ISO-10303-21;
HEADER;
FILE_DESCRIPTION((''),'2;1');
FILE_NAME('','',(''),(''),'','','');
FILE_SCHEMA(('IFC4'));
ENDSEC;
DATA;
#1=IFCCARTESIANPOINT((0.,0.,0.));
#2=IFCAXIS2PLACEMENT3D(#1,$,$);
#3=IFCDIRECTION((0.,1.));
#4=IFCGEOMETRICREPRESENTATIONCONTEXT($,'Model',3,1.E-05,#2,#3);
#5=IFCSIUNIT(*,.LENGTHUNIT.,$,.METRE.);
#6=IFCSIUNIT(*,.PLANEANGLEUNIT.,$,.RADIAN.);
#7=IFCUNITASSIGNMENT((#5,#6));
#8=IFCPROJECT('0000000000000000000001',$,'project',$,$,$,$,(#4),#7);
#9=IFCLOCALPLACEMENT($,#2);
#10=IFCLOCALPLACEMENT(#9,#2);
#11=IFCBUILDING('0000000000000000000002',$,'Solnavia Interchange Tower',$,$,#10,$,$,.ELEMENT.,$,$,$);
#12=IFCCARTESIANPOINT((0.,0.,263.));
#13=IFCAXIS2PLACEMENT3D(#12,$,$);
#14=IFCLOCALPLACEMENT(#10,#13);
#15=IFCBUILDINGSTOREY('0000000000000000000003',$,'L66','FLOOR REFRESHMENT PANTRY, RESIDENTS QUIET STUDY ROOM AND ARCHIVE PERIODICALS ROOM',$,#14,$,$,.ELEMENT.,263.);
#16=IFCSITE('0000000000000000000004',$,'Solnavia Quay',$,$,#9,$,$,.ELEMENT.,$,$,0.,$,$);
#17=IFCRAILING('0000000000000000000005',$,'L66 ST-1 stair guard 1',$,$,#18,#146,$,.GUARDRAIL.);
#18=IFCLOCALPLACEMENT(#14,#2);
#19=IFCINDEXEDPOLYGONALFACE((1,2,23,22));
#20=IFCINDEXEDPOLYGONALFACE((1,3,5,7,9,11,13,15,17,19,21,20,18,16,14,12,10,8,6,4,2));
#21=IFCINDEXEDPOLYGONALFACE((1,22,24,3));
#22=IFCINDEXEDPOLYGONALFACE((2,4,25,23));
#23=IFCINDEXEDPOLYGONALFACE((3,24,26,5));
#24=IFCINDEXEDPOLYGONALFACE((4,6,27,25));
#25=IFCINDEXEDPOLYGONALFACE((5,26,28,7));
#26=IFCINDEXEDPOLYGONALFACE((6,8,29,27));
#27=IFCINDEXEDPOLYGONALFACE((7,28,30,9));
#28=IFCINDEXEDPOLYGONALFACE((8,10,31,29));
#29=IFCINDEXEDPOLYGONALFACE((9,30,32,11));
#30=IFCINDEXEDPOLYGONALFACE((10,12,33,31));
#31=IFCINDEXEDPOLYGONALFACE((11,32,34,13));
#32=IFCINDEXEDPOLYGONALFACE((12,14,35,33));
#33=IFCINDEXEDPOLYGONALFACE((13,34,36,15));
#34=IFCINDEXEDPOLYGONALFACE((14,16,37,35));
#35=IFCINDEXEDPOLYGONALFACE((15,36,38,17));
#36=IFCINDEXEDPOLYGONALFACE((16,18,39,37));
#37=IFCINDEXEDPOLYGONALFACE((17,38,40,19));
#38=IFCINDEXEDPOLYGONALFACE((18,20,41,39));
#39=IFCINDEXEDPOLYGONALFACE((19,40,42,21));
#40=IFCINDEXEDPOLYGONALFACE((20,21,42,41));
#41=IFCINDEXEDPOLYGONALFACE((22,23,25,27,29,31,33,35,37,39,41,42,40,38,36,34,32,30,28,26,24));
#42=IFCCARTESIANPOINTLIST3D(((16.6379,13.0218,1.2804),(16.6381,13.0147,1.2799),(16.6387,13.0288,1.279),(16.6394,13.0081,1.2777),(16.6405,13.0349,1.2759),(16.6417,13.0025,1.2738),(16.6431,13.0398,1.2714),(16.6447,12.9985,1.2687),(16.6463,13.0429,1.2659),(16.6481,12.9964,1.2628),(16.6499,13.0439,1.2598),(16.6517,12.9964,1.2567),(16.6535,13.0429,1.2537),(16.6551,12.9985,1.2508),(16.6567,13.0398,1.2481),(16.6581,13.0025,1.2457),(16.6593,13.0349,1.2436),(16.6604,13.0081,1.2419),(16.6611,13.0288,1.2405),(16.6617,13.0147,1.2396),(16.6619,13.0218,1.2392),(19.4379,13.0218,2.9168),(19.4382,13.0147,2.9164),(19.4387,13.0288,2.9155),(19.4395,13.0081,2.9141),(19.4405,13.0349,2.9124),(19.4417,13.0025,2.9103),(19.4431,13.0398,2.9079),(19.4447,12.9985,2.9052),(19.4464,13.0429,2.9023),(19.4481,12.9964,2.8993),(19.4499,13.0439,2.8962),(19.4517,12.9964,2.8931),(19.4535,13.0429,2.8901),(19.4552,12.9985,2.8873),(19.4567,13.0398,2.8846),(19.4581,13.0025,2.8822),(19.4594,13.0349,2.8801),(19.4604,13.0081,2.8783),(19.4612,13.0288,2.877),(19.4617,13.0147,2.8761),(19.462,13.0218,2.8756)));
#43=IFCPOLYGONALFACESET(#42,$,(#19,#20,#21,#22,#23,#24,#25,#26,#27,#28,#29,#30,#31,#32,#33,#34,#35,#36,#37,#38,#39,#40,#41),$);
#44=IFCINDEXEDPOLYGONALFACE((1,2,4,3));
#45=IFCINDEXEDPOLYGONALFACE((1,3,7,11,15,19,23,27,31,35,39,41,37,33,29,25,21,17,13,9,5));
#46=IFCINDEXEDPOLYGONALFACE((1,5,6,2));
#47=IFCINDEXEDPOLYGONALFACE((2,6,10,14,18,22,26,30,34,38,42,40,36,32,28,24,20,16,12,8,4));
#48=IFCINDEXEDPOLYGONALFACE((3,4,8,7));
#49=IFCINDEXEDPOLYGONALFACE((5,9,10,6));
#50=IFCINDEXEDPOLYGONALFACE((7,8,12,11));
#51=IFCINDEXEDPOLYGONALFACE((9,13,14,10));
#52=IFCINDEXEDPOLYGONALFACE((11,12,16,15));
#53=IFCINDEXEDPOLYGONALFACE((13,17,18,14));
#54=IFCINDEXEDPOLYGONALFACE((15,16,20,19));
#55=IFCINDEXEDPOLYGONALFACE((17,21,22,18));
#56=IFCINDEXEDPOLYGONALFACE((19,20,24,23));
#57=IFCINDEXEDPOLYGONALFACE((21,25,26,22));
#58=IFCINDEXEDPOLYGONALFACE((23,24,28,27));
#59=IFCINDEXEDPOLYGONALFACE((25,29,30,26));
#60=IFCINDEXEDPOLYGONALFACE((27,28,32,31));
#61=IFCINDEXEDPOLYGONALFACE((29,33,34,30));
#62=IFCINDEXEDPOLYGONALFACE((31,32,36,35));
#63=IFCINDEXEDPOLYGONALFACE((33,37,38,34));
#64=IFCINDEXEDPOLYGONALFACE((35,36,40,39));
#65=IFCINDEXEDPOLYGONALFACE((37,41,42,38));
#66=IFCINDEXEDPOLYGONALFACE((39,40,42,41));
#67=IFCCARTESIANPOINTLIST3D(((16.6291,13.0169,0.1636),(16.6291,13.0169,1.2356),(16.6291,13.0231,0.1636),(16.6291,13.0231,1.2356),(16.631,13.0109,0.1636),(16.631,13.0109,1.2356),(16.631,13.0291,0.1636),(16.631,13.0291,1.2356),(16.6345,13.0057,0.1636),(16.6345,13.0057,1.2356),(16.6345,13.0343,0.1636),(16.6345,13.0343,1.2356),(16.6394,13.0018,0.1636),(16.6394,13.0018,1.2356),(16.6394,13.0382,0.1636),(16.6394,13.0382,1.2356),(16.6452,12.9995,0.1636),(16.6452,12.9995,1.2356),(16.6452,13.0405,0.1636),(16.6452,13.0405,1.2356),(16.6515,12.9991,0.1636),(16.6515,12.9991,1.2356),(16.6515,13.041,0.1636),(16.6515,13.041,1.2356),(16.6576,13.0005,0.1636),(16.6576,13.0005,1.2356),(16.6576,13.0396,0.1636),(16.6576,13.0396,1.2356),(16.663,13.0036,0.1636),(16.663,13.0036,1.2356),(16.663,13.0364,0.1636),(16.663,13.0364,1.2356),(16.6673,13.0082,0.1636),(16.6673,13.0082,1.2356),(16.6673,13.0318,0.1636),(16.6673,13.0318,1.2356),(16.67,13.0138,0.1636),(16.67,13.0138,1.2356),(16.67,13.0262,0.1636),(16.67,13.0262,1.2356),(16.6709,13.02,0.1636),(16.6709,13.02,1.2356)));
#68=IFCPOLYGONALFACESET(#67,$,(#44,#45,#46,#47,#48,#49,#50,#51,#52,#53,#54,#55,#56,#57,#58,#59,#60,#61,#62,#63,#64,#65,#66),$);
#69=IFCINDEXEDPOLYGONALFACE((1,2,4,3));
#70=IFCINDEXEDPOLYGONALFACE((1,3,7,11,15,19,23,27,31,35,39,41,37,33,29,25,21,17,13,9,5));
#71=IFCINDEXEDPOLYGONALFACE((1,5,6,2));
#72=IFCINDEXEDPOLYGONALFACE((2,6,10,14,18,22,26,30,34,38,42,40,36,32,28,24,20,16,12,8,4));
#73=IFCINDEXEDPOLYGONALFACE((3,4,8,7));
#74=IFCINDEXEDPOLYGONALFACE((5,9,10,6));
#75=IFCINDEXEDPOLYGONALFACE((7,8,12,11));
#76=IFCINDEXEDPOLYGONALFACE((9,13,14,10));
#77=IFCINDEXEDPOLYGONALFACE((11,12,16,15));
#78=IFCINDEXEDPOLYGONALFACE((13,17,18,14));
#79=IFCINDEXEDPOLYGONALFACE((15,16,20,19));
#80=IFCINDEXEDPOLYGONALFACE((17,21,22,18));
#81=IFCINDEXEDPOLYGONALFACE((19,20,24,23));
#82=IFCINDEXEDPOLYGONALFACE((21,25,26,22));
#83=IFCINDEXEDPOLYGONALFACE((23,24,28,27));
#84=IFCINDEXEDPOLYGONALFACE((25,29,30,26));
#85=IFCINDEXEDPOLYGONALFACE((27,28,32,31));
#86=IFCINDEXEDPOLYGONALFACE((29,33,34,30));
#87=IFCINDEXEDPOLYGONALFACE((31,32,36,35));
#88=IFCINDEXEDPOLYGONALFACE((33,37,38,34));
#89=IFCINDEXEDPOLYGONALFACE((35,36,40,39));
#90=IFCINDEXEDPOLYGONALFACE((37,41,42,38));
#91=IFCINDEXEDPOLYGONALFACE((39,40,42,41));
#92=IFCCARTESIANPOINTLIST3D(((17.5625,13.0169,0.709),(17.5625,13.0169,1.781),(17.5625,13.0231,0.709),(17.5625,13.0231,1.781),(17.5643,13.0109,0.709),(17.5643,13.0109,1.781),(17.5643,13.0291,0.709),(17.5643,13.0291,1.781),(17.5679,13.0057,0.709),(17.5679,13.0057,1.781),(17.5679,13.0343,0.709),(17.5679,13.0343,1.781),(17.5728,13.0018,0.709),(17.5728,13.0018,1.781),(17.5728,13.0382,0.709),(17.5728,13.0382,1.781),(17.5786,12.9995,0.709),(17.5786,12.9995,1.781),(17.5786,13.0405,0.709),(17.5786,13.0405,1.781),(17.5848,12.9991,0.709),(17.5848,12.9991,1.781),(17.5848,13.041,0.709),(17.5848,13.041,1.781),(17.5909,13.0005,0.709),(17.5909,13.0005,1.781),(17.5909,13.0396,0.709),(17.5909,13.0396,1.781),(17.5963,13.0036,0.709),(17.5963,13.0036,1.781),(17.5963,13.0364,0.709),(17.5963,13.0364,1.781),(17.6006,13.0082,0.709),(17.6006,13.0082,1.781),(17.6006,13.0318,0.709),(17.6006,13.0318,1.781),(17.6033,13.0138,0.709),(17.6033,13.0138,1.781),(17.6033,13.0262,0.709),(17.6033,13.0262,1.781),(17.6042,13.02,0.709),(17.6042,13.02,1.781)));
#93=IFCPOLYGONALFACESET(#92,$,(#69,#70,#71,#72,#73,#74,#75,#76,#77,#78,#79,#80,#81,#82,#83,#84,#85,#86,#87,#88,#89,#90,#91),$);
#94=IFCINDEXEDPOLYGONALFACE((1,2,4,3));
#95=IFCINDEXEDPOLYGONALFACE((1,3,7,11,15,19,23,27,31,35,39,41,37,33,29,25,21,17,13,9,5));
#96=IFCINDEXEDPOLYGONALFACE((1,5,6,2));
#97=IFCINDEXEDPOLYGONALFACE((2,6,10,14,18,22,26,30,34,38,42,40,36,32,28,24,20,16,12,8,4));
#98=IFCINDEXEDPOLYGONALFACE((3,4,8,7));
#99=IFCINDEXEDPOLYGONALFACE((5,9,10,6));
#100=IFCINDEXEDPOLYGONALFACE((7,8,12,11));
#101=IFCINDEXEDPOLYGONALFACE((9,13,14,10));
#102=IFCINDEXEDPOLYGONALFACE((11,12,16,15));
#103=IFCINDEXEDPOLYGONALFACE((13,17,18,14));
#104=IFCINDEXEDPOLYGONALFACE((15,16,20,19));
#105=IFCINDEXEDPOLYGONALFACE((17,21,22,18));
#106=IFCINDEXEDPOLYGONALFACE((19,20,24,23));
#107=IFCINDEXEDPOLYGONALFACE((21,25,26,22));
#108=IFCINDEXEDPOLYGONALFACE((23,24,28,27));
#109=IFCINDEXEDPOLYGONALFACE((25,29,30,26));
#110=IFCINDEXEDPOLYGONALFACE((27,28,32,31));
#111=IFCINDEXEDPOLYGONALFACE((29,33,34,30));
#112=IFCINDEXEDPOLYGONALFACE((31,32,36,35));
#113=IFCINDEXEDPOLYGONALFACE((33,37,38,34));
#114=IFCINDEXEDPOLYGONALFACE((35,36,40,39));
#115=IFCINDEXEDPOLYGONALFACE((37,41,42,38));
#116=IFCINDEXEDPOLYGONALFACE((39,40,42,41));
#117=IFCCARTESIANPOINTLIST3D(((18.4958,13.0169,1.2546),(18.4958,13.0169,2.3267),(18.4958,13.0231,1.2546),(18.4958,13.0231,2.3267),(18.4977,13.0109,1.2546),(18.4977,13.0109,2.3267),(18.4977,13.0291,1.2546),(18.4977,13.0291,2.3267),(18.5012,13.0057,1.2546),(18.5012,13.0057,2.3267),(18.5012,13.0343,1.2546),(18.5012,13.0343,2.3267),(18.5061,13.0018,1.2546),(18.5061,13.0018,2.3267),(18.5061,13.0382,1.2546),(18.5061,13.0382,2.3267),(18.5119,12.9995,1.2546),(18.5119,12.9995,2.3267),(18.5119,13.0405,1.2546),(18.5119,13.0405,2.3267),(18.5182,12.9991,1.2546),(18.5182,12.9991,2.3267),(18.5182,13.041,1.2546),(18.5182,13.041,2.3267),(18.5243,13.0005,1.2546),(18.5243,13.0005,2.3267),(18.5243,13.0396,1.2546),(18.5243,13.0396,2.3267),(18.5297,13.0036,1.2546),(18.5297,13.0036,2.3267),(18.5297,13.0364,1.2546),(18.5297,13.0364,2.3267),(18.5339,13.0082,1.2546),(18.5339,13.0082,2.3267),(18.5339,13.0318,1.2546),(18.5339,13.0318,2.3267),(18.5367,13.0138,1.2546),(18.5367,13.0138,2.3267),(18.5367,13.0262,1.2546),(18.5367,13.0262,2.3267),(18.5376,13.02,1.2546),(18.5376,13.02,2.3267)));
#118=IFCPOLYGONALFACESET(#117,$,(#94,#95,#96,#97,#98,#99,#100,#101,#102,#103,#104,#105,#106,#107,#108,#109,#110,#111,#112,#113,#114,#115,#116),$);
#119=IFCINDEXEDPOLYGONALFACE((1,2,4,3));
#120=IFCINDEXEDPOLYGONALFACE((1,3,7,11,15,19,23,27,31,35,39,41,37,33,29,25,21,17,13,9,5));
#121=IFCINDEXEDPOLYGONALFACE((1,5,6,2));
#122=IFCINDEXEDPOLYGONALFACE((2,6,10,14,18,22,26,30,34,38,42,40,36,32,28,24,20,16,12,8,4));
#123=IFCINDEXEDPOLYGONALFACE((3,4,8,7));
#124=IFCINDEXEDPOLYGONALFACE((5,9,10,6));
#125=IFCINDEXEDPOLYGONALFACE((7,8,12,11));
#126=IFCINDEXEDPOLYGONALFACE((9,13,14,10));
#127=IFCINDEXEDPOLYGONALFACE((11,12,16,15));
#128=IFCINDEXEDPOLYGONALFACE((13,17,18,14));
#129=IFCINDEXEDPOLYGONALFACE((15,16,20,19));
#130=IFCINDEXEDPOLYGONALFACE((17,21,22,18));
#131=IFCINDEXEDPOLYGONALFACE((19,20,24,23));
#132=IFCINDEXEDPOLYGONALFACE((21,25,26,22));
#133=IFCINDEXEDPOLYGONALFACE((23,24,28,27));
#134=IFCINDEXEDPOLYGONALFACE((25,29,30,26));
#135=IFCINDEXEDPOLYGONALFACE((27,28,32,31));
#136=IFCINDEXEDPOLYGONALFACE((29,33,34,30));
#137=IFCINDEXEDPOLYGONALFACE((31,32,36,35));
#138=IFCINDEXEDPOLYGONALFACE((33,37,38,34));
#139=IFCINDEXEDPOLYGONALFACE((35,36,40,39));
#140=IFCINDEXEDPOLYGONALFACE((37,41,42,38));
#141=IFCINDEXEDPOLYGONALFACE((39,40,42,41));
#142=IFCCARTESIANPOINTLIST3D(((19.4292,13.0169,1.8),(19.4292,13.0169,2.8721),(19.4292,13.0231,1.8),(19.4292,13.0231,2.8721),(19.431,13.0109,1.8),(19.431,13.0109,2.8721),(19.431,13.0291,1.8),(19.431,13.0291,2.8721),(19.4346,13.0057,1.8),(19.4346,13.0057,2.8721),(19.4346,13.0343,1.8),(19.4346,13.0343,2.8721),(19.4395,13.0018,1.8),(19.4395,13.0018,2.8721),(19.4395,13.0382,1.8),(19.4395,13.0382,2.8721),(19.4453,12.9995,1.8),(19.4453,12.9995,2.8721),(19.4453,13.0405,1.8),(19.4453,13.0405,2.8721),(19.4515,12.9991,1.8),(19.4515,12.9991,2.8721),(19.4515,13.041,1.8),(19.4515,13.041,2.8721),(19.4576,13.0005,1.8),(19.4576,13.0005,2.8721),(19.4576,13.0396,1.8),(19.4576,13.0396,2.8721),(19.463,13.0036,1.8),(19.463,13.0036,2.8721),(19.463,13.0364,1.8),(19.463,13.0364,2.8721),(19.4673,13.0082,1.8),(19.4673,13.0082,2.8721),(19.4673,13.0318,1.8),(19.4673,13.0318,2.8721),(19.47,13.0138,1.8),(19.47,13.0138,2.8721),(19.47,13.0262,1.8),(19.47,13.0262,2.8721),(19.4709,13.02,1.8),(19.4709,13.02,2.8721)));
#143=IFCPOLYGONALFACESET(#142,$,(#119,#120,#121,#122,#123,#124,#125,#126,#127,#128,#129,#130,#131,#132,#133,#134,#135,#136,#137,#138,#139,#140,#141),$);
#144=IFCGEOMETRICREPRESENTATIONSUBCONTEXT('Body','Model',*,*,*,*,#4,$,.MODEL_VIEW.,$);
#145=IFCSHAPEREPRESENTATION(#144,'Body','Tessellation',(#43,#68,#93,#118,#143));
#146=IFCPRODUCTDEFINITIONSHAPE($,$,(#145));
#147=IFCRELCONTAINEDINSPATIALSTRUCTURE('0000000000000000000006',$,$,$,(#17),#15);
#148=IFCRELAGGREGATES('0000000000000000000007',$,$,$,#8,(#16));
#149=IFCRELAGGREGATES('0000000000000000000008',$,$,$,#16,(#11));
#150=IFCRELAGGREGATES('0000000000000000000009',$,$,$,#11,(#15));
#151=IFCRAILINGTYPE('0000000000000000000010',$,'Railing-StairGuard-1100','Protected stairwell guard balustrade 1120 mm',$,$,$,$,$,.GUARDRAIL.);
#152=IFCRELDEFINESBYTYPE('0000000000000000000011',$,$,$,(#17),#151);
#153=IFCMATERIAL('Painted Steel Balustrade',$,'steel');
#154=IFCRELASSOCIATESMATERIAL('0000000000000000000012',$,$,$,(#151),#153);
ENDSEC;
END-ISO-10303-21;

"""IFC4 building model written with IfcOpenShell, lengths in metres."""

from ifc_helpers import new_model, si_unit, direction, frame, origin, origin_2d, place, context, subcontext, project, spatial, circle, extrude, material, type_object, element, save


model = new_model("IFC4")

# Units and contexts
model_context = context("Model", 3, precision=1e-05, world=origin(), true_north=direction((0.0, 1.0)))
body_context = subcontext(model_context, "Body", "Model", "MODEL_VIEW")
ifc_project = project(units=[si_unit("LENGTHUNIT", "METRE"), si_unit("PLANEANGLEUNIT", "RADIAN")], contexts=[model_context])

# Site, building, storey
site_placement = place(None, origin())
site = spatial("IfcSite", under=ifc_project, at=site_placement, Name="Solnavia Quay", CompositionType="ELEMENT", RefElevation=0.0)
building_placement = place(site_placement, origin())
building = spatial("IfcBuilding", under=site, at=building_placement, Name="Solnavia Interchange Tower", CompositionType="ELEMENT")
storey_placement = place(building_placement, frame((0.0, 0.0, 263.0)))
storey = spatial("IfcBuildingStorey", under=building, at=storey_placement, Name="L66", Description="FLOOR REFRESHMENT PANTRY, RESIDENTS QUIET STUDY ROOM AND ARCHIVE PERIODICALS ROOM", CompositionType="ELEMENT", Elevation=263.0)

# Railing
ifc_material_1 = material(Name="Painted Steel Balustrade", Category="steel")
railing_type_1 = type_object("IfcRailingType", Name="Railing-StairGuard-1100", Description="Protected stairwell guard balustrade 1120 mm", PredefinedType="GUARDRAIL", material=ifc_material_1)
railing_1_placement = place(storey_placement, frame((16.6499, 13.02, 0.1636)))
element("IfcRailing", 1, at=railing_1_placement, inside=storey, type_object=railing_type_1, Name="L66 ST-1 stair guard 1", PredefinedType="GUARDRAIL", context=body_context, shape_type="SweptSolid", body=[
    extrude(circle(Radius=0.0239, at=origin_2d()), frame((0.0, 0.0, 1.0962), z_axis=(0.863361, 0.0, 0.504587), x_axis=(0.0, 1.0, 0.0)), (0.0, 0.0, 1.0), 3.2432),
    extrude(circle(Radius=0.021, at=origin_2d()), origin(), (0.0, 0.0, 1.0), 1.072),
    extrude(circle(Radius=0.021, at=origin_2d()), frame((0.9333, 0.0, 0.5454)), (0.0, 0.0, 1.0), 1.072),
    extrude(circle(Radius=0.021, at=origin_2d()), frame((1.8667, 0.0, 1.0911)), (0.0, 0.0, 1.0), 1.072),
    extrude(circle(Radius=0.021, at=origin_2d()), frame((2.8, 0.0, 1.6365)), (0.0, 0.0, 1.0), 1.072),
])

save(model, "model.ifc")
